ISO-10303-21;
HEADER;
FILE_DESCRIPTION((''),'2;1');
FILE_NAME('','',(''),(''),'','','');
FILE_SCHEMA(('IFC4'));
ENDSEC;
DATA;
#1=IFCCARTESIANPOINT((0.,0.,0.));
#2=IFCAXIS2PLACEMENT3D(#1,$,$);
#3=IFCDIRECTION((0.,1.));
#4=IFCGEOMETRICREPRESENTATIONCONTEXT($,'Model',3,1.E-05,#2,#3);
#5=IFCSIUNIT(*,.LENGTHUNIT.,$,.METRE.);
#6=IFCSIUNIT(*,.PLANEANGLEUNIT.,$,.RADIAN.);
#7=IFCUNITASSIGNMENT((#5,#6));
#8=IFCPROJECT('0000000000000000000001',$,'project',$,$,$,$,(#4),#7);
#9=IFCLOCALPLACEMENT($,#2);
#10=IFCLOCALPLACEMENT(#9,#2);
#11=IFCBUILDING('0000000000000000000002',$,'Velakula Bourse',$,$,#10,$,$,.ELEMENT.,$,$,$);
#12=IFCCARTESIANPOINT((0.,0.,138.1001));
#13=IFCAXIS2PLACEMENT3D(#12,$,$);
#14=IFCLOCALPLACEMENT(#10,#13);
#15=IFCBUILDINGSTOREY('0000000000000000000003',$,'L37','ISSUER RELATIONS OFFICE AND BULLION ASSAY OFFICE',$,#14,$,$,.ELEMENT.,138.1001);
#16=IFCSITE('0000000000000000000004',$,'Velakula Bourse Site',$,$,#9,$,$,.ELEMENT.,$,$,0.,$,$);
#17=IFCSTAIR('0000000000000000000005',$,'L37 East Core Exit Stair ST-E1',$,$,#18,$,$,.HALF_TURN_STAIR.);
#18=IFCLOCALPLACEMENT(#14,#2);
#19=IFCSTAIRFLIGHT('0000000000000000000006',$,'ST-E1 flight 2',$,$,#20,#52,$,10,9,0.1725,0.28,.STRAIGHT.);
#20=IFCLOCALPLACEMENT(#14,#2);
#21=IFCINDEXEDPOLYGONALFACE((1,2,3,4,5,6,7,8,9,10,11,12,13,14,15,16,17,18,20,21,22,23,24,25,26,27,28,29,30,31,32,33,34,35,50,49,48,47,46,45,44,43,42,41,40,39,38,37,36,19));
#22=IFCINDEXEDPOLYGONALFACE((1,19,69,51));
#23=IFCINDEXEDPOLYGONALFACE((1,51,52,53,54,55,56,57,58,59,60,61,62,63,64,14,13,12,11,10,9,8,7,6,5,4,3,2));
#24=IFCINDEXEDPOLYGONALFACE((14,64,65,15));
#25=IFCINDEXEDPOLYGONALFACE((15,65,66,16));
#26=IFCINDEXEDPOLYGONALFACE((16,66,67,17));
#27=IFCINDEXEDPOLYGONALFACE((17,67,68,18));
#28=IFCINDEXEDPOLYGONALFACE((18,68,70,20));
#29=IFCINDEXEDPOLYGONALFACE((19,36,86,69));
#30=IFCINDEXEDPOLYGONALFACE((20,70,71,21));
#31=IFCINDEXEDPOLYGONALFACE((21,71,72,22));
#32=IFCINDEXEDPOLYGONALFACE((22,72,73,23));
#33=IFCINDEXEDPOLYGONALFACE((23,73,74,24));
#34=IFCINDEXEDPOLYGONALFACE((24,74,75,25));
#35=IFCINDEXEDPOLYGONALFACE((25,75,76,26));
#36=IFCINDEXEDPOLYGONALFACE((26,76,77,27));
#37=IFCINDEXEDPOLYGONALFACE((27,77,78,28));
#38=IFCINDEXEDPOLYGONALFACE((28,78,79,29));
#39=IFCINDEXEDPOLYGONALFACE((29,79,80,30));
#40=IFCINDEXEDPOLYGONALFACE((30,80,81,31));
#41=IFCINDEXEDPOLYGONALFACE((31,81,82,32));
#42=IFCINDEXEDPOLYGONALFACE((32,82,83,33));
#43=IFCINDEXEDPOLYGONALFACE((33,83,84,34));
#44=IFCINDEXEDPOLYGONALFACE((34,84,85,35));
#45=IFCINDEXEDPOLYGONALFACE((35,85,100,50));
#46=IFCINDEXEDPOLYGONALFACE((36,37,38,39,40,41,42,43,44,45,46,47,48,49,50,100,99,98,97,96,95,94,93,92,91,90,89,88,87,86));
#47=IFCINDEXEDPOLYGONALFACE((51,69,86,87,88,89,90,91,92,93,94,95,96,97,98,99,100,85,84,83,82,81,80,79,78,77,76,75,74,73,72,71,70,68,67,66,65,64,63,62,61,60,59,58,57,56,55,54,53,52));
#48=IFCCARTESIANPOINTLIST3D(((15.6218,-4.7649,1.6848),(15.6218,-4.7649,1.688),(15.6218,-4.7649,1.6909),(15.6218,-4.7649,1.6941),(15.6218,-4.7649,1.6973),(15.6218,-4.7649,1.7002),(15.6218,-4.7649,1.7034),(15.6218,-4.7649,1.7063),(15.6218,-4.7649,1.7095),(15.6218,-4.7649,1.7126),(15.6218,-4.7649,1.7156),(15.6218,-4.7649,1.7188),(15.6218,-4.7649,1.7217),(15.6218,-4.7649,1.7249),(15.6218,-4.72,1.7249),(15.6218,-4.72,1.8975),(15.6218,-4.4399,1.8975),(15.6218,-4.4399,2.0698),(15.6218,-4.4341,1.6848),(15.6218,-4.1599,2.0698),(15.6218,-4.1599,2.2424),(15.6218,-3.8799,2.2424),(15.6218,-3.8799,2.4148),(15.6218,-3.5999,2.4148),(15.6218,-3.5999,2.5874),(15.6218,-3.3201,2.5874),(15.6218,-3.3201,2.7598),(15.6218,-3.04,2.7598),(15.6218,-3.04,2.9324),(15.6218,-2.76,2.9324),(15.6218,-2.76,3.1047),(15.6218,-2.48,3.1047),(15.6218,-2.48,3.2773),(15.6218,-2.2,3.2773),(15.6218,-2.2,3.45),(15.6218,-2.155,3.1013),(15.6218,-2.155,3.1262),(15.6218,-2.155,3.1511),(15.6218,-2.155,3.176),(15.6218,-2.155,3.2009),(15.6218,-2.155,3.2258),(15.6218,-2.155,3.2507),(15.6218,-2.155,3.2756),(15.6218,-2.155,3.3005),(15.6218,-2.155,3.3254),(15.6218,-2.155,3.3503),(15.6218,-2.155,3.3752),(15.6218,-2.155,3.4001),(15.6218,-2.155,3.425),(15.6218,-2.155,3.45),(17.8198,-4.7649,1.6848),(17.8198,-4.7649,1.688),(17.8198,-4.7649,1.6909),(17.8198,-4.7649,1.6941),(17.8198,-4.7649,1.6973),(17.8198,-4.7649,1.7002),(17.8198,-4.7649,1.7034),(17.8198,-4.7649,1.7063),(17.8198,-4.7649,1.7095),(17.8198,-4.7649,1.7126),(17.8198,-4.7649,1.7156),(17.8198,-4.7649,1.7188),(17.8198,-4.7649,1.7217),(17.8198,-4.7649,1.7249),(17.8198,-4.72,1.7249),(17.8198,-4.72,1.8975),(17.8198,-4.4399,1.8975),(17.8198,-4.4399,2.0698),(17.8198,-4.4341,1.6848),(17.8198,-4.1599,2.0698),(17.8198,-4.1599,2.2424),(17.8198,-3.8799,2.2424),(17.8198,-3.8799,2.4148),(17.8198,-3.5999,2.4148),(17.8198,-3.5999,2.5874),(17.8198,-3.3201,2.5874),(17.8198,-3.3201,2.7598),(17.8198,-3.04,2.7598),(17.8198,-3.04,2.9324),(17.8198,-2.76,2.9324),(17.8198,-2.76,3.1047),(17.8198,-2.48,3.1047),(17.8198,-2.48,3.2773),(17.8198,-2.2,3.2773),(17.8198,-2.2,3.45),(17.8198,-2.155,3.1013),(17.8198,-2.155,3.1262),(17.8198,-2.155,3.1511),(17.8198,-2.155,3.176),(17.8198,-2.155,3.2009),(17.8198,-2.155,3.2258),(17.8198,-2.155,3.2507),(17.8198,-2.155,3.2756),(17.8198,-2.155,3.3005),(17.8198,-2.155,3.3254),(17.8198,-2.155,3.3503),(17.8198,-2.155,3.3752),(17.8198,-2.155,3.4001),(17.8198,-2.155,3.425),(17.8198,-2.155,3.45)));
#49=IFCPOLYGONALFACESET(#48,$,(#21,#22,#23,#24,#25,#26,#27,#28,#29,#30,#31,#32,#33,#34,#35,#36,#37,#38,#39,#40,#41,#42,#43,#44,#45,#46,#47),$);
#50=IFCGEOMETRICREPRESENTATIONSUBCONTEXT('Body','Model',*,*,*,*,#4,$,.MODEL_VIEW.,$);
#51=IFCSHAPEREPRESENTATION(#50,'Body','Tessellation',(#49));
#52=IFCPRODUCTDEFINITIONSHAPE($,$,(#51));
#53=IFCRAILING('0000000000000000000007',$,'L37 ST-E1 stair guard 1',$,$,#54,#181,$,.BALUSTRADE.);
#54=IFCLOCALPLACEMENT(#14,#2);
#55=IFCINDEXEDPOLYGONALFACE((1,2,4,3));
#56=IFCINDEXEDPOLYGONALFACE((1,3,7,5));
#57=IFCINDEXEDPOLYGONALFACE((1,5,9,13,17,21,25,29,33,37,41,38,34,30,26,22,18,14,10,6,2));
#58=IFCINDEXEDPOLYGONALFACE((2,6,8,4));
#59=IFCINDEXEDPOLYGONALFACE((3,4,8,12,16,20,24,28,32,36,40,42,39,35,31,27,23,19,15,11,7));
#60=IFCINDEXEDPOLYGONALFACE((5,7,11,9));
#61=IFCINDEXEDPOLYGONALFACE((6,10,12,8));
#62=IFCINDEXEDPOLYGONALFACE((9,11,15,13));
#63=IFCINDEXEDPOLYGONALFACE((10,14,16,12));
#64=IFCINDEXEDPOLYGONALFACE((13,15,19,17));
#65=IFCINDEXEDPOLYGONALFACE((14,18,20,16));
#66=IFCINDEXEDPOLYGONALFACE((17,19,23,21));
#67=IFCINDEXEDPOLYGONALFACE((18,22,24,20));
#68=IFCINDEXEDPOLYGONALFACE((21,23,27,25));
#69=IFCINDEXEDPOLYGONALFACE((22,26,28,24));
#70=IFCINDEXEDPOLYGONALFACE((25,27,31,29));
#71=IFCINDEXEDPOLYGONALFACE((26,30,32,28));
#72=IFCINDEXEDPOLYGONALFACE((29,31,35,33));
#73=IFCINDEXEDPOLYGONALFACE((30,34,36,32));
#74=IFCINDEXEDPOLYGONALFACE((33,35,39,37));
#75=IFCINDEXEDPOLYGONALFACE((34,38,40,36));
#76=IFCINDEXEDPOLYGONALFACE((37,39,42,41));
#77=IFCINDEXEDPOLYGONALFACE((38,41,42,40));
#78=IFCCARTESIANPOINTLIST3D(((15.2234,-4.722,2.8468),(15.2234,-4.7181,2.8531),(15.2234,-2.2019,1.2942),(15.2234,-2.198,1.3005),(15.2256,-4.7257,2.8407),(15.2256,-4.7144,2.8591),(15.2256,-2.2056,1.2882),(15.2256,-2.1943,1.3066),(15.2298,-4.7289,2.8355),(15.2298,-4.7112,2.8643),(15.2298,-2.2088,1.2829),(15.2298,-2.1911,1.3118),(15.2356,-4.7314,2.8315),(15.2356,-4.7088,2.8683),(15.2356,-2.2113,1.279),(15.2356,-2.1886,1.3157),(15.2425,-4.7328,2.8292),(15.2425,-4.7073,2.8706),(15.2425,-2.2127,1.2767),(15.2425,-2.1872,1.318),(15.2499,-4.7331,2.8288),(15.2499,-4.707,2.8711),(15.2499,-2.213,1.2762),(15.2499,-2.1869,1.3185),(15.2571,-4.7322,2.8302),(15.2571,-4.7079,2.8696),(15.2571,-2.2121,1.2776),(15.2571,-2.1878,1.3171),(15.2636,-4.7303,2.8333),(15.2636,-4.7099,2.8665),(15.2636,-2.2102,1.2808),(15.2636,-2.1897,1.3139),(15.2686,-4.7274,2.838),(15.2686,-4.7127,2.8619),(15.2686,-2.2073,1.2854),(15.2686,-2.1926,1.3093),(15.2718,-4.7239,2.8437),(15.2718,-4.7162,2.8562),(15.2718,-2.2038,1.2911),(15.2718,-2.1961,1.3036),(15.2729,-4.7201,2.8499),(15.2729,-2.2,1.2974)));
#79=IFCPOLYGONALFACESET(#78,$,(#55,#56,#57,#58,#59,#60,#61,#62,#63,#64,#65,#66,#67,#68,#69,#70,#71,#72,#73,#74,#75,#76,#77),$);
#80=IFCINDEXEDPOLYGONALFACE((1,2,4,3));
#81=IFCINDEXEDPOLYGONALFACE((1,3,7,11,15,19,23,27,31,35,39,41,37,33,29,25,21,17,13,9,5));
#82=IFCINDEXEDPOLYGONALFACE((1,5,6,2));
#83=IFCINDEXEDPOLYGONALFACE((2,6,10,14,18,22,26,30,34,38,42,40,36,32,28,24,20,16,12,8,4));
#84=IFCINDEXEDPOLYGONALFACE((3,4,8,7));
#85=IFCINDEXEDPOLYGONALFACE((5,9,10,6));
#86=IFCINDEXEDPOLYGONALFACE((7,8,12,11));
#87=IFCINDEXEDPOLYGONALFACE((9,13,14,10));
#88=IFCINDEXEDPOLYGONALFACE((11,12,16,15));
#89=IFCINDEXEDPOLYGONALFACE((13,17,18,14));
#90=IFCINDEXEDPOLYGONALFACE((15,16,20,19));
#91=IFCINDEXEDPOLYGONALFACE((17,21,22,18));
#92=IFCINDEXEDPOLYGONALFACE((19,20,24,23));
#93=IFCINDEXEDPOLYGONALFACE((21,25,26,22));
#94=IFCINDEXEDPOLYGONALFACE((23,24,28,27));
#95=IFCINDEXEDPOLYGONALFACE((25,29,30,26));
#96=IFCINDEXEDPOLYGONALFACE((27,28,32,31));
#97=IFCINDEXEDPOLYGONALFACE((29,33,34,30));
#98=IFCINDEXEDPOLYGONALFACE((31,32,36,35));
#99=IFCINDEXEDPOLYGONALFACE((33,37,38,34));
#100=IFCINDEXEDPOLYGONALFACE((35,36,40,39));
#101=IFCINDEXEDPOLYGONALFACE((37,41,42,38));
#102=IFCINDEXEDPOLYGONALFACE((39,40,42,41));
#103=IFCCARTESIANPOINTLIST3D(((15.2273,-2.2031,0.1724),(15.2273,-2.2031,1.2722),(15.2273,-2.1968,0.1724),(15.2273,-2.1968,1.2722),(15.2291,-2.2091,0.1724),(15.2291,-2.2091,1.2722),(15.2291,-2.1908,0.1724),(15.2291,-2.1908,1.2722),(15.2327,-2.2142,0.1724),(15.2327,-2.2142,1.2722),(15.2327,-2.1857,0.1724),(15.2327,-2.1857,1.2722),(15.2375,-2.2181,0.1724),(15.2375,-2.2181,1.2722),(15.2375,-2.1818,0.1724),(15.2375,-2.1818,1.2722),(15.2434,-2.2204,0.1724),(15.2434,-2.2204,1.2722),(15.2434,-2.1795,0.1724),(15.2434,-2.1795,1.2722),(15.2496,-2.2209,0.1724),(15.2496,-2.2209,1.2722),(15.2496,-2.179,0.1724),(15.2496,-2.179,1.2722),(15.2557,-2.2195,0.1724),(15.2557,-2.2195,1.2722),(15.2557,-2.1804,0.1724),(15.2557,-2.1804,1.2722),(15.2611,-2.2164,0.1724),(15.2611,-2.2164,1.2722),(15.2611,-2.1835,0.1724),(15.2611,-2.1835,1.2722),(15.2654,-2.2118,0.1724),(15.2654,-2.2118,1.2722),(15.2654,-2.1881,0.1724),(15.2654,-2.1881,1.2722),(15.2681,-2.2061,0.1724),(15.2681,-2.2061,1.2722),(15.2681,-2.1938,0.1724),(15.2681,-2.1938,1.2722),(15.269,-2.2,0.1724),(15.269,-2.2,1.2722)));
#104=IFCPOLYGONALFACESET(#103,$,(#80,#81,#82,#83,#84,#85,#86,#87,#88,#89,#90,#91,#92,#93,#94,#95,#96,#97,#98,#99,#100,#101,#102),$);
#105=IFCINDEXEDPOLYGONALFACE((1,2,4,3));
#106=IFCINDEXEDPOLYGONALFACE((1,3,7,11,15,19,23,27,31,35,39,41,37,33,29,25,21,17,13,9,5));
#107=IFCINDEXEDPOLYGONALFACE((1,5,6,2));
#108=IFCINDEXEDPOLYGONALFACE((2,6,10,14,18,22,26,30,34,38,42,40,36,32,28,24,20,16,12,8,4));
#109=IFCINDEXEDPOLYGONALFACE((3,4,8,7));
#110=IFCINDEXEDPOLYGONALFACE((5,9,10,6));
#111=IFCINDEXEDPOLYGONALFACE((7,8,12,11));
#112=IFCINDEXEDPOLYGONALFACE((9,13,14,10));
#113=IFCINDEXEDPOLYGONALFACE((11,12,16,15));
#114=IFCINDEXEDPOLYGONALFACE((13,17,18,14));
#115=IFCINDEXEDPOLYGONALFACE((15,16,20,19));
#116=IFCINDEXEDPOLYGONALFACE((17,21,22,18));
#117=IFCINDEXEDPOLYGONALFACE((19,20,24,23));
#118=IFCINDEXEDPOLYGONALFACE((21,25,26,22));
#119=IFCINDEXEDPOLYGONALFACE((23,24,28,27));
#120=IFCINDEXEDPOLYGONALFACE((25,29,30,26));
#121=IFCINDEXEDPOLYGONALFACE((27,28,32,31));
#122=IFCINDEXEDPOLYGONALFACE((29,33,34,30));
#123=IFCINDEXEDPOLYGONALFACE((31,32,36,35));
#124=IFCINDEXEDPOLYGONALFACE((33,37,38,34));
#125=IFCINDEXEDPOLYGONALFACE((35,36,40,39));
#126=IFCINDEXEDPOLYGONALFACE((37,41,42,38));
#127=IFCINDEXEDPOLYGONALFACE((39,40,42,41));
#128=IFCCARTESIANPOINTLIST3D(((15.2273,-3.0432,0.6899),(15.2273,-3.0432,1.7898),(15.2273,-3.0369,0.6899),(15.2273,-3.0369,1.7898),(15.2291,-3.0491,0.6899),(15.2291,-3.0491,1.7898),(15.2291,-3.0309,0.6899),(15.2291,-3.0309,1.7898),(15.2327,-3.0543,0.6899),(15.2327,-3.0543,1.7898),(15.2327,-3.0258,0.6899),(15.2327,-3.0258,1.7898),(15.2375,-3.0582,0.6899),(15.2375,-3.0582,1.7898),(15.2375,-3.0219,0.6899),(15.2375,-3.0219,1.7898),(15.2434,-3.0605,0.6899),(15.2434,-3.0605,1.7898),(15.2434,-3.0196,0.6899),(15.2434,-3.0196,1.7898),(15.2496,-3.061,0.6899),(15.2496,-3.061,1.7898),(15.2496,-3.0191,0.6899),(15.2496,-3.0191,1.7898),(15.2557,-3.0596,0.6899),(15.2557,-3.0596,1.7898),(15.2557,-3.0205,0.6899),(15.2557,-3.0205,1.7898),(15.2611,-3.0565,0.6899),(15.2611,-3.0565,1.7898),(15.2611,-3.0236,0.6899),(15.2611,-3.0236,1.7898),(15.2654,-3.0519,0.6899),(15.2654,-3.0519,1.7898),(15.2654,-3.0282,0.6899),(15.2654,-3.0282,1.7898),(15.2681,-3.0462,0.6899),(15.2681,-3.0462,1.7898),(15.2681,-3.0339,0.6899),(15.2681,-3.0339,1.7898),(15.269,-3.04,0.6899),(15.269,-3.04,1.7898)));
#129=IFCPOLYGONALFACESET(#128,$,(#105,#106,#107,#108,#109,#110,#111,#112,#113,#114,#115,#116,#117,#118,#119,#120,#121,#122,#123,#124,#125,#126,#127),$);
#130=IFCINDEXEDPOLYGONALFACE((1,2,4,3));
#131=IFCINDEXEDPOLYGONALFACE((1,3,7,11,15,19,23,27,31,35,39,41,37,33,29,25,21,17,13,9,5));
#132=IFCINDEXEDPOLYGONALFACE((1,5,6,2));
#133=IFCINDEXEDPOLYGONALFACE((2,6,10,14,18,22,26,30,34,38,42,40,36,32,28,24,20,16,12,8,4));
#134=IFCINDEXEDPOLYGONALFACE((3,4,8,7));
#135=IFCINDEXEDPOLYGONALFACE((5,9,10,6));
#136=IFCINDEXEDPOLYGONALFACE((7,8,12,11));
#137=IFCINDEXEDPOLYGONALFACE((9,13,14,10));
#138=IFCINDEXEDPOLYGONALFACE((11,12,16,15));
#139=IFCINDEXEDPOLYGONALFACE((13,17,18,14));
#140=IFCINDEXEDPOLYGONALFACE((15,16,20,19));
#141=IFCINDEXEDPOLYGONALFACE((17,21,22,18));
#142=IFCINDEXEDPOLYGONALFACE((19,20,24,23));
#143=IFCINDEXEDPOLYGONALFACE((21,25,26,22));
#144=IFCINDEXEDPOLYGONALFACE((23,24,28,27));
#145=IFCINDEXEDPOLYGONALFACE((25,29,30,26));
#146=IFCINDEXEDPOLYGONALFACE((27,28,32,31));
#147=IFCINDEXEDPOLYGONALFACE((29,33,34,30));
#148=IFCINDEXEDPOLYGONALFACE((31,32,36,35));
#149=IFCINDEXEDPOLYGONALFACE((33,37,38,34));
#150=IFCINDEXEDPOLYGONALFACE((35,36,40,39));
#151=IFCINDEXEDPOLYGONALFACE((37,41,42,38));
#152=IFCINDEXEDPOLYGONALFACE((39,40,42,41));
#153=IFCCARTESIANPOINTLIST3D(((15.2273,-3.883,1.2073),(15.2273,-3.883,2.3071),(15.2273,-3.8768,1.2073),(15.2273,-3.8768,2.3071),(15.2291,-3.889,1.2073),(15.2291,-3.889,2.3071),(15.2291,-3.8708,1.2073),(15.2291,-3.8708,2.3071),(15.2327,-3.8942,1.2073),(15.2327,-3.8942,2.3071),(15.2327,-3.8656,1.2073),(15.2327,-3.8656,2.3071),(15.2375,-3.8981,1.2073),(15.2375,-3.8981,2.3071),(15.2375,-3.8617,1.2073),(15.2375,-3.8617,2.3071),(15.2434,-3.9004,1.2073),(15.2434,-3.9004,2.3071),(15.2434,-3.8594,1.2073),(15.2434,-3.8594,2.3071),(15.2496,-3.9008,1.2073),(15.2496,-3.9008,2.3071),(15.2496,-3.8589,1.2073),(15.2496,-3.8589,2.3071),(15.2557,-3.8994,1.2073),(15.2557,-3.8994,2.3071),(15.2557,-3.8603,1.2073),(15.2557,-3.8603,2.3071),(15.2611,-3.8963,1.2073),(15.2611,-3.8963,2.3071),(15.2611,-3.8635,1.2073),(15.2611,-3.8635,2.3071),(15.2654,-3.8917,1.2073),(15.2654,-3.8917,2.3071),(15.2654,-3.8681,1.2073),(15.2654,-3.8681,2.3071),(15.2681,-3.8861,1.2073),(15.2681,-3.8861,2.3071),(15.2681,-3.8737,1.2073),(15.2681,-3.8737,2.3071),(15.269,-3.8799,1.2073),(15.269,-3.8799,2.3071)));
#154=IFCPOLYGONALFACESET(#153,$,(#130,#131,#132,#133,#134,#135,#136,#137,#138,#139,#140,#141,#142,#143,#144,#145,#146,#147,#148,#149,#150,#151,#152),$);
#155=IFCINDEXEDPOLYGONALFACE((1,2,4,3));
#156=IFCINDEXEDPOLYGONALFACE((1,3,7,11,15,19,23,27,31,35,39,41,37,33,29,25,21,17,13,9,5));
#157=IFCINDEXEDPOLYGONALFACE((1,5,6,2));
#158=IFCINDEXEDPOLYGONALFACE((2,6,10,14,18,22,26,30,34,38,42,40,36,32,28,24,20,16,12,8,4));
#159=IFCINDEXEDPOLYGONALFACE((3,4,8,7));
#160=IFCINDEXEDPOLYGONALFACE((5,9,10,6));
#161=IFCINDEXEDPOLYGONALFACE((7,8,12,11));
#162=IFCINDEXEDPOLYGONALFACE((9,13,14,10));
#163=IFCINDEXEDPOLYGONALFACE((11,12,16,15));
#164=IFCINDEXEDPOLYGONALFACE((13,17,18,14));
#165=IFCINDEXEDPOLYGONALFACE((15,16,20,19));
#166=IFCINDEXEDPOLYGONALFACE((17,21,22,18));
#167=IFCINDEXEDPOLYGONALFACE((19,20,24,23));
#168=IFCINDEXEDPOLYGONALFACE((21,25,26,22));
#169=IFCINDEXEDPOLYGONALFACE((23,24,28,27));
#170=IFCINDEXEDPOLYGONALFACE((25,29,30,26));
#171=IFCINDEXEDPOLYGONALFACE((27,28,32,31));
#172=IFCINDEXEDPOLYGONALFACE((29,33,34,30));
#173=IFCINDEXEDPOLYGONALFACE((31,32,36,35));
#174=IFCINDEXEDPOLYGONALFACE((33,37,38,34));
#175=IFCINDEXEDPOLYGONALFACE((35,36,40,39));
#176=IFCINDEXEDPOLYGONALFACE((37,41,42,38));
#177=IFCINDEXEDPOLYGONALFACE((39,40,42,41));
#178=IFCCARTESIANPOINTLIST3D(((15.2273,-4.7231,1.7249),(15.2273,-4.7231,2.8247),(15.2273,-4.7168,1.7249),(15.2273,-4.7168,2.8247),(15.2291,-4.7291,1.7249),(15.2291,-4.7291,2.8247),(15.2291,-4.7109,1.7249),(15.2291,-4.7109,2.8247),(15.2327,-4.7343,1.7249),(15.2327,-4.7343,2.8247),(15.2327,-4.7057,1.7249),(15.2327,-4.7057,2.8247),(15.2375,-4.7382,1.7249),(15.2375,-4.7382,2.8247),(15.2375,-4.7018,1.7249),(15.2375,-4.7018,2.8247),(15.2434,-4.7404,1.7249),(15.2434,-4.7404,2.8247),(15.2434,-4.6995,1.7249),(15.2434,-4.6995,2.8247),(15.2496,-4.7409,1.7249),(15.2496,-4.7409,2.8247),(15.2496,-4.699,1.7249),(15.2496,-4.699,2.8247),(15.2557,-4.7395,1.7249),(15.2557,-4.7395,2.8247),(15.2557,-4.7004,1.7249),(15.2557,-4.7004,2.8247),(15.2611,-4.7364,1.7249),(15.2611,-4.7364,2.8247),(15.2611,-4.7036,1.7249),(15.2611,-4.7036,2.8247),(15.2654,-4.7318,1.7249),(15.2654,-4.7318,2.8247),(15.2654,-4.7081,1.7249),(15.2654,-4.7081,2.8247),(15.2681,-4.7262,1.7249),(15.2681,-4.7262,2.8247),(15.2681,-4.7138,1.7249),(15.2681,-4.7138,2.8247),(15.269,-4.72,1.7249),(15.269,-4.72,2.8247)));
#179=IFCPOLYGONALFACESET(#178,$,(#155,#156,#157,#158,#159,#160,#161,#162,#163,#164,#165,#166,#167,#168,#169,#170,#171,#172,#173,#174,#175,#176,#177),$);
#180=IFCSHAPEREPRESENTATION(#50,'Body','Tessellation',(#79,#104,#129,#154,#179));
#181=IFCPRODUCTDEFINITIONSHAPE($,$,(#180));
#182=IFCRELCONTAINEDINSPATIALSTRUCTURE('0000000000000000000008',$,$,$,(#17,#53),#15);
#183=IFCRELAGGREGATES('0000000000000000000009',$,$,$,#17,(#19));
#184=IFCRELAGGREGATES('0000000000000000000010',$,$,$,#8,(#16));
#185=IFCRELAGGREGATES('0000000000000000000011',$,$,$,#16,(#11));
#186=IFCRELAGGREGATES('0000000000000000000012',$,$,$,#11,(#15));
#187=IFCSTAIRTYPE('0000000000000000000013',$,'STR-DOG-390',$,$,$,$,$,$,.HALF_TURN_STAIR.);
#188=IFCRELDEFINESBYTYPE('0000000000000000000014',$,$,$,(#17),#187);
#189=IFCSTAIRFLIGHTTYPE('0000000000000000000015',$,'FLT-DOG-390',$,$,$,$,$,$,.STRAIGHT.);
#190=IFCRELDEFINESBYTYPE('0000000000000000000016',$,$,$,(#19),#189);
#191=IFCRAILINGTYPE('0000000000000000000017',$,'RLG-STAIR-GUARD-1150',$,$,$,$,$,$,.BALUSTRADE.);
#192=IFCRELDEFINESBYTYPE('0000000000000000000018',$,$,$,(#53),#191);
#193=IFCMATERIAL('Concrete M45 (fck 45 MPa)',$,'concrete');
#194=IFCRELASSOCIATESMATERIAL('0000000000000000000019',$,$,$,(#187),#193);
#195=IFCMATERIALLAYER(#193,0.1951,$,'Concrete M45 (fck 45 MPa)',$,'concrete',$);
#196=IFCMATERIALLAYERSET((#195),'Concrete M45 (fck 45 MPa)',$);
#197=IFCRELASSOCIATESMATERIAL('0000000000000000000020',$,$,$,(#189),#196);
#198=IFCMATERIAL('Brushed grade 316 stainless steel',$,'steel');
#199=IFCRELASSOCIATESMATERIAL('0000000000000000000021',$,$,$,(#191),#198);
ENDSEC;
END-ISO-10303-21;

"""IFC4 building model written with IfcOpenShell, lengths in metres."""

from ifc_helpers import new_model, si_unit, direction, frame, origin, origin_2d, place, context, subcontext, project, spatial, polyline, circle, outline, extrude, material, layer, layer_set, type_object, element, aggregate, save


model = new_model("IFC4")

# Units and contexts
model_context = context("Model", 3, precision=1e-05, world=origin(), true_north=direction((0.0, 1.0)))
body_context = subcontext(model_context, "Body", "Model", "MODEL_VIEW")
ifc_project = project(units=[si_unit("LENGTHUNIT", "METRE"), si_unit("PLANEANGLEUNIT", "RADIAN")], contexts=[model_context])

# Site, building, storey
site_placement = place(None, origin())
site = spatial("IfcSite", under=ifc_project, at=site_placement, Name="Velakula Bourse Site", CompositionType="ELEMENT", RefElevation=0.0)
building_placement = place(site_placement, origin())
building = spatial("IfcBuilding", under=site, at=building_placement, Name="Velakula Bourse", CompositionType="ELEMENT")
storey_placement = place(building_placement, frame((0.0, 0.0, 138.1001)))
storey = spatial("IfcBuildingStorey", under=building, at=storey_placement, Name="L37", Description="ISSUER RELATIONS OFFICE AND BULLION ASSAY OFFICE", CompositionType="ELEMENT", Elevation=138.1001)

# Shared definitions
ifc_material_1 = material(Name="Brushed grade 316 stainless steel", Category="steel")

# Stair, stair flight
ifc_material_2 = material(Name="Concrete M45 (fck 45 MPa)", Category="concrete")
stair_type = type_object("IfcStairType", Name="STR-DOG-390", PredefinedType="HALF_TURN_STAIR", material=ifc_material_2)
stair_placement = place(storey_placement, origin())
stair = element("IfcStair", 1, at=stair_placement, inside=storey, type_object=stair_type, Name="L37 East Core Exit Stair ST-E1", PredefinedType="HALF_TURN_STAIR")
ifc_layer_1 = layer(ifc_material_2, 0.1951, Name="Concrete M45 (fck 45 MPa)", Category="concrete")
ifc_layer_set_1 = layer_set([ifc_layer_1], Name="Concrete M45 (fck 45 MPa)")
stair_flight_type = type_object("IfcStairFlightType", Name="FLT-DOG-390", PredefinedType="STRAIGHT", material=ifc_layer_set_1)
stair_flight_1_placement = place(storey_placement, frame((16.7209, -4.72, 1.7249), z_axis=(0.0, 0.0, 1.0), x_axis=(0.0, 1.0, 0.0)))
stair_flight_1 = element("IfcStairFlight", 2, at=stair_flight_1_placement, type_object=stair_flight_type, Name="ST-E1 flight 2", NumberOfRisers=10, NumberOfTreads=9, PredefinedType="STRAIGHT", RiserHeight=0.1725, TreadLength=0.28, context=body_context, shape_type="SweptSolid", body=[
    extrude(outline(polyline([(-0.0449, -0.04), (-0.0449, -0.0369), (-0.0449, -0.0339), (-0.0449, -0.0308), (-0.0449, -0.0276), (-0.0449, -0.0247), (-0.0449, -0.0215), (-0.0449, -0.0186), (-0.0449, -0.0154), (-0.0449, -0.0122), (-0.0449, -0.0093), (-0.0449, -0.0061), (-0.0449, -0.0032), (-0.0449, 0.0), (0.0, 0.0), (0.0, 0.1726), (0.28, 0.1726), (0.28, 0.345), (0.5601, 0.345), (0.5601, 0.5176), (0.8401, 0.5176), (0.8401, 0.6899), (1.1201, 0.6899), (1.1201, 0.8625), (1.3999, 0.8625), (1.3999, 1.0349), (1.6799, 1.0349), (1.6799, 1.2075), (1.96, 1.2075), (1.96, 1.3799), (2.24, 1.3799), (2.24, 1.5525), (2.52, 1.5525), (2.52, 1.7251), (2.5649, 1.7251), (2.5649, 1.7002), (2.5649, 1.6753), (2.5649, 1.6504), (2.5649, 1.6255), (2.5649, 1.6006), (2.5649, 1.5757), (2.5649, 1.5508), (2.5649, 1.5259), (2.5649, 1.501), (2.5649, 1.4761), (2.5649, 1.4512), (2.5649, 1.4263), (2.5649, 1.4014), (2.5649, 1.3765), (0.2859, -0.04), (-0.0449, -0.04)])), frame((0.0, 1.0991, 0.0), z_axis=(0.0, -1.0, 0.0), x_axis=(1.0, 0.0, 0.0)), (0.0, 0.0, 1.0), 2.198),
])
aggregate(stair, [stair_flight_1])

# Railing
railing_type_1 = type_object("IfcRailingType", Name="RLG-STAIR-GUARD-1150", PredefinedType="BALUSTRADE", material=ifc_material_1)
railing_1_placement = place(storey_placement, frame((15.248, -2.2, 0.1724)))
element("IfcRailing", 3, at=railing_1_placement, inside=storey, type_object=railing_type_1, Name="L37 ST-E1 stair guard 1", PredefinedType="BALUSTRADE", context=body_context, shape_type="SweptSolid", body=[
    extrude(circle(Radius=0.0249, at=origin_2d()), frame((0.0, 0.0, 1.125), z_axis=(0.0, -0.8514, 0.524516), x_axis=(1.0, 0.0, 0.0)), (0.0, 0.0, 1.0), 2.96),
    extrude(circle(Radius=0.021, at=origin_2d()), origin(), (0.0, 0.0, 1.0), 1.0999),
    extrude(circle(Radius=0.021, at=origin_2d()), frame((0.0, -0.8401, 0.5176)), (0.0, 0.0, 1.0), 1.0999),
    extrude(circle(Radius=0.021, at=origin_2d()), frame((0.0, -1.6799, 1.0349)), (0.0, 0.0, 1.0), 1.0999),
    extrude(circle(Radius=0.021, at=origin_2d()), frame((0.0, -2.52, 1.5525)), (0.0, 0.0, 1.0), 1.0999),
])

save(model, "model.ifc")
